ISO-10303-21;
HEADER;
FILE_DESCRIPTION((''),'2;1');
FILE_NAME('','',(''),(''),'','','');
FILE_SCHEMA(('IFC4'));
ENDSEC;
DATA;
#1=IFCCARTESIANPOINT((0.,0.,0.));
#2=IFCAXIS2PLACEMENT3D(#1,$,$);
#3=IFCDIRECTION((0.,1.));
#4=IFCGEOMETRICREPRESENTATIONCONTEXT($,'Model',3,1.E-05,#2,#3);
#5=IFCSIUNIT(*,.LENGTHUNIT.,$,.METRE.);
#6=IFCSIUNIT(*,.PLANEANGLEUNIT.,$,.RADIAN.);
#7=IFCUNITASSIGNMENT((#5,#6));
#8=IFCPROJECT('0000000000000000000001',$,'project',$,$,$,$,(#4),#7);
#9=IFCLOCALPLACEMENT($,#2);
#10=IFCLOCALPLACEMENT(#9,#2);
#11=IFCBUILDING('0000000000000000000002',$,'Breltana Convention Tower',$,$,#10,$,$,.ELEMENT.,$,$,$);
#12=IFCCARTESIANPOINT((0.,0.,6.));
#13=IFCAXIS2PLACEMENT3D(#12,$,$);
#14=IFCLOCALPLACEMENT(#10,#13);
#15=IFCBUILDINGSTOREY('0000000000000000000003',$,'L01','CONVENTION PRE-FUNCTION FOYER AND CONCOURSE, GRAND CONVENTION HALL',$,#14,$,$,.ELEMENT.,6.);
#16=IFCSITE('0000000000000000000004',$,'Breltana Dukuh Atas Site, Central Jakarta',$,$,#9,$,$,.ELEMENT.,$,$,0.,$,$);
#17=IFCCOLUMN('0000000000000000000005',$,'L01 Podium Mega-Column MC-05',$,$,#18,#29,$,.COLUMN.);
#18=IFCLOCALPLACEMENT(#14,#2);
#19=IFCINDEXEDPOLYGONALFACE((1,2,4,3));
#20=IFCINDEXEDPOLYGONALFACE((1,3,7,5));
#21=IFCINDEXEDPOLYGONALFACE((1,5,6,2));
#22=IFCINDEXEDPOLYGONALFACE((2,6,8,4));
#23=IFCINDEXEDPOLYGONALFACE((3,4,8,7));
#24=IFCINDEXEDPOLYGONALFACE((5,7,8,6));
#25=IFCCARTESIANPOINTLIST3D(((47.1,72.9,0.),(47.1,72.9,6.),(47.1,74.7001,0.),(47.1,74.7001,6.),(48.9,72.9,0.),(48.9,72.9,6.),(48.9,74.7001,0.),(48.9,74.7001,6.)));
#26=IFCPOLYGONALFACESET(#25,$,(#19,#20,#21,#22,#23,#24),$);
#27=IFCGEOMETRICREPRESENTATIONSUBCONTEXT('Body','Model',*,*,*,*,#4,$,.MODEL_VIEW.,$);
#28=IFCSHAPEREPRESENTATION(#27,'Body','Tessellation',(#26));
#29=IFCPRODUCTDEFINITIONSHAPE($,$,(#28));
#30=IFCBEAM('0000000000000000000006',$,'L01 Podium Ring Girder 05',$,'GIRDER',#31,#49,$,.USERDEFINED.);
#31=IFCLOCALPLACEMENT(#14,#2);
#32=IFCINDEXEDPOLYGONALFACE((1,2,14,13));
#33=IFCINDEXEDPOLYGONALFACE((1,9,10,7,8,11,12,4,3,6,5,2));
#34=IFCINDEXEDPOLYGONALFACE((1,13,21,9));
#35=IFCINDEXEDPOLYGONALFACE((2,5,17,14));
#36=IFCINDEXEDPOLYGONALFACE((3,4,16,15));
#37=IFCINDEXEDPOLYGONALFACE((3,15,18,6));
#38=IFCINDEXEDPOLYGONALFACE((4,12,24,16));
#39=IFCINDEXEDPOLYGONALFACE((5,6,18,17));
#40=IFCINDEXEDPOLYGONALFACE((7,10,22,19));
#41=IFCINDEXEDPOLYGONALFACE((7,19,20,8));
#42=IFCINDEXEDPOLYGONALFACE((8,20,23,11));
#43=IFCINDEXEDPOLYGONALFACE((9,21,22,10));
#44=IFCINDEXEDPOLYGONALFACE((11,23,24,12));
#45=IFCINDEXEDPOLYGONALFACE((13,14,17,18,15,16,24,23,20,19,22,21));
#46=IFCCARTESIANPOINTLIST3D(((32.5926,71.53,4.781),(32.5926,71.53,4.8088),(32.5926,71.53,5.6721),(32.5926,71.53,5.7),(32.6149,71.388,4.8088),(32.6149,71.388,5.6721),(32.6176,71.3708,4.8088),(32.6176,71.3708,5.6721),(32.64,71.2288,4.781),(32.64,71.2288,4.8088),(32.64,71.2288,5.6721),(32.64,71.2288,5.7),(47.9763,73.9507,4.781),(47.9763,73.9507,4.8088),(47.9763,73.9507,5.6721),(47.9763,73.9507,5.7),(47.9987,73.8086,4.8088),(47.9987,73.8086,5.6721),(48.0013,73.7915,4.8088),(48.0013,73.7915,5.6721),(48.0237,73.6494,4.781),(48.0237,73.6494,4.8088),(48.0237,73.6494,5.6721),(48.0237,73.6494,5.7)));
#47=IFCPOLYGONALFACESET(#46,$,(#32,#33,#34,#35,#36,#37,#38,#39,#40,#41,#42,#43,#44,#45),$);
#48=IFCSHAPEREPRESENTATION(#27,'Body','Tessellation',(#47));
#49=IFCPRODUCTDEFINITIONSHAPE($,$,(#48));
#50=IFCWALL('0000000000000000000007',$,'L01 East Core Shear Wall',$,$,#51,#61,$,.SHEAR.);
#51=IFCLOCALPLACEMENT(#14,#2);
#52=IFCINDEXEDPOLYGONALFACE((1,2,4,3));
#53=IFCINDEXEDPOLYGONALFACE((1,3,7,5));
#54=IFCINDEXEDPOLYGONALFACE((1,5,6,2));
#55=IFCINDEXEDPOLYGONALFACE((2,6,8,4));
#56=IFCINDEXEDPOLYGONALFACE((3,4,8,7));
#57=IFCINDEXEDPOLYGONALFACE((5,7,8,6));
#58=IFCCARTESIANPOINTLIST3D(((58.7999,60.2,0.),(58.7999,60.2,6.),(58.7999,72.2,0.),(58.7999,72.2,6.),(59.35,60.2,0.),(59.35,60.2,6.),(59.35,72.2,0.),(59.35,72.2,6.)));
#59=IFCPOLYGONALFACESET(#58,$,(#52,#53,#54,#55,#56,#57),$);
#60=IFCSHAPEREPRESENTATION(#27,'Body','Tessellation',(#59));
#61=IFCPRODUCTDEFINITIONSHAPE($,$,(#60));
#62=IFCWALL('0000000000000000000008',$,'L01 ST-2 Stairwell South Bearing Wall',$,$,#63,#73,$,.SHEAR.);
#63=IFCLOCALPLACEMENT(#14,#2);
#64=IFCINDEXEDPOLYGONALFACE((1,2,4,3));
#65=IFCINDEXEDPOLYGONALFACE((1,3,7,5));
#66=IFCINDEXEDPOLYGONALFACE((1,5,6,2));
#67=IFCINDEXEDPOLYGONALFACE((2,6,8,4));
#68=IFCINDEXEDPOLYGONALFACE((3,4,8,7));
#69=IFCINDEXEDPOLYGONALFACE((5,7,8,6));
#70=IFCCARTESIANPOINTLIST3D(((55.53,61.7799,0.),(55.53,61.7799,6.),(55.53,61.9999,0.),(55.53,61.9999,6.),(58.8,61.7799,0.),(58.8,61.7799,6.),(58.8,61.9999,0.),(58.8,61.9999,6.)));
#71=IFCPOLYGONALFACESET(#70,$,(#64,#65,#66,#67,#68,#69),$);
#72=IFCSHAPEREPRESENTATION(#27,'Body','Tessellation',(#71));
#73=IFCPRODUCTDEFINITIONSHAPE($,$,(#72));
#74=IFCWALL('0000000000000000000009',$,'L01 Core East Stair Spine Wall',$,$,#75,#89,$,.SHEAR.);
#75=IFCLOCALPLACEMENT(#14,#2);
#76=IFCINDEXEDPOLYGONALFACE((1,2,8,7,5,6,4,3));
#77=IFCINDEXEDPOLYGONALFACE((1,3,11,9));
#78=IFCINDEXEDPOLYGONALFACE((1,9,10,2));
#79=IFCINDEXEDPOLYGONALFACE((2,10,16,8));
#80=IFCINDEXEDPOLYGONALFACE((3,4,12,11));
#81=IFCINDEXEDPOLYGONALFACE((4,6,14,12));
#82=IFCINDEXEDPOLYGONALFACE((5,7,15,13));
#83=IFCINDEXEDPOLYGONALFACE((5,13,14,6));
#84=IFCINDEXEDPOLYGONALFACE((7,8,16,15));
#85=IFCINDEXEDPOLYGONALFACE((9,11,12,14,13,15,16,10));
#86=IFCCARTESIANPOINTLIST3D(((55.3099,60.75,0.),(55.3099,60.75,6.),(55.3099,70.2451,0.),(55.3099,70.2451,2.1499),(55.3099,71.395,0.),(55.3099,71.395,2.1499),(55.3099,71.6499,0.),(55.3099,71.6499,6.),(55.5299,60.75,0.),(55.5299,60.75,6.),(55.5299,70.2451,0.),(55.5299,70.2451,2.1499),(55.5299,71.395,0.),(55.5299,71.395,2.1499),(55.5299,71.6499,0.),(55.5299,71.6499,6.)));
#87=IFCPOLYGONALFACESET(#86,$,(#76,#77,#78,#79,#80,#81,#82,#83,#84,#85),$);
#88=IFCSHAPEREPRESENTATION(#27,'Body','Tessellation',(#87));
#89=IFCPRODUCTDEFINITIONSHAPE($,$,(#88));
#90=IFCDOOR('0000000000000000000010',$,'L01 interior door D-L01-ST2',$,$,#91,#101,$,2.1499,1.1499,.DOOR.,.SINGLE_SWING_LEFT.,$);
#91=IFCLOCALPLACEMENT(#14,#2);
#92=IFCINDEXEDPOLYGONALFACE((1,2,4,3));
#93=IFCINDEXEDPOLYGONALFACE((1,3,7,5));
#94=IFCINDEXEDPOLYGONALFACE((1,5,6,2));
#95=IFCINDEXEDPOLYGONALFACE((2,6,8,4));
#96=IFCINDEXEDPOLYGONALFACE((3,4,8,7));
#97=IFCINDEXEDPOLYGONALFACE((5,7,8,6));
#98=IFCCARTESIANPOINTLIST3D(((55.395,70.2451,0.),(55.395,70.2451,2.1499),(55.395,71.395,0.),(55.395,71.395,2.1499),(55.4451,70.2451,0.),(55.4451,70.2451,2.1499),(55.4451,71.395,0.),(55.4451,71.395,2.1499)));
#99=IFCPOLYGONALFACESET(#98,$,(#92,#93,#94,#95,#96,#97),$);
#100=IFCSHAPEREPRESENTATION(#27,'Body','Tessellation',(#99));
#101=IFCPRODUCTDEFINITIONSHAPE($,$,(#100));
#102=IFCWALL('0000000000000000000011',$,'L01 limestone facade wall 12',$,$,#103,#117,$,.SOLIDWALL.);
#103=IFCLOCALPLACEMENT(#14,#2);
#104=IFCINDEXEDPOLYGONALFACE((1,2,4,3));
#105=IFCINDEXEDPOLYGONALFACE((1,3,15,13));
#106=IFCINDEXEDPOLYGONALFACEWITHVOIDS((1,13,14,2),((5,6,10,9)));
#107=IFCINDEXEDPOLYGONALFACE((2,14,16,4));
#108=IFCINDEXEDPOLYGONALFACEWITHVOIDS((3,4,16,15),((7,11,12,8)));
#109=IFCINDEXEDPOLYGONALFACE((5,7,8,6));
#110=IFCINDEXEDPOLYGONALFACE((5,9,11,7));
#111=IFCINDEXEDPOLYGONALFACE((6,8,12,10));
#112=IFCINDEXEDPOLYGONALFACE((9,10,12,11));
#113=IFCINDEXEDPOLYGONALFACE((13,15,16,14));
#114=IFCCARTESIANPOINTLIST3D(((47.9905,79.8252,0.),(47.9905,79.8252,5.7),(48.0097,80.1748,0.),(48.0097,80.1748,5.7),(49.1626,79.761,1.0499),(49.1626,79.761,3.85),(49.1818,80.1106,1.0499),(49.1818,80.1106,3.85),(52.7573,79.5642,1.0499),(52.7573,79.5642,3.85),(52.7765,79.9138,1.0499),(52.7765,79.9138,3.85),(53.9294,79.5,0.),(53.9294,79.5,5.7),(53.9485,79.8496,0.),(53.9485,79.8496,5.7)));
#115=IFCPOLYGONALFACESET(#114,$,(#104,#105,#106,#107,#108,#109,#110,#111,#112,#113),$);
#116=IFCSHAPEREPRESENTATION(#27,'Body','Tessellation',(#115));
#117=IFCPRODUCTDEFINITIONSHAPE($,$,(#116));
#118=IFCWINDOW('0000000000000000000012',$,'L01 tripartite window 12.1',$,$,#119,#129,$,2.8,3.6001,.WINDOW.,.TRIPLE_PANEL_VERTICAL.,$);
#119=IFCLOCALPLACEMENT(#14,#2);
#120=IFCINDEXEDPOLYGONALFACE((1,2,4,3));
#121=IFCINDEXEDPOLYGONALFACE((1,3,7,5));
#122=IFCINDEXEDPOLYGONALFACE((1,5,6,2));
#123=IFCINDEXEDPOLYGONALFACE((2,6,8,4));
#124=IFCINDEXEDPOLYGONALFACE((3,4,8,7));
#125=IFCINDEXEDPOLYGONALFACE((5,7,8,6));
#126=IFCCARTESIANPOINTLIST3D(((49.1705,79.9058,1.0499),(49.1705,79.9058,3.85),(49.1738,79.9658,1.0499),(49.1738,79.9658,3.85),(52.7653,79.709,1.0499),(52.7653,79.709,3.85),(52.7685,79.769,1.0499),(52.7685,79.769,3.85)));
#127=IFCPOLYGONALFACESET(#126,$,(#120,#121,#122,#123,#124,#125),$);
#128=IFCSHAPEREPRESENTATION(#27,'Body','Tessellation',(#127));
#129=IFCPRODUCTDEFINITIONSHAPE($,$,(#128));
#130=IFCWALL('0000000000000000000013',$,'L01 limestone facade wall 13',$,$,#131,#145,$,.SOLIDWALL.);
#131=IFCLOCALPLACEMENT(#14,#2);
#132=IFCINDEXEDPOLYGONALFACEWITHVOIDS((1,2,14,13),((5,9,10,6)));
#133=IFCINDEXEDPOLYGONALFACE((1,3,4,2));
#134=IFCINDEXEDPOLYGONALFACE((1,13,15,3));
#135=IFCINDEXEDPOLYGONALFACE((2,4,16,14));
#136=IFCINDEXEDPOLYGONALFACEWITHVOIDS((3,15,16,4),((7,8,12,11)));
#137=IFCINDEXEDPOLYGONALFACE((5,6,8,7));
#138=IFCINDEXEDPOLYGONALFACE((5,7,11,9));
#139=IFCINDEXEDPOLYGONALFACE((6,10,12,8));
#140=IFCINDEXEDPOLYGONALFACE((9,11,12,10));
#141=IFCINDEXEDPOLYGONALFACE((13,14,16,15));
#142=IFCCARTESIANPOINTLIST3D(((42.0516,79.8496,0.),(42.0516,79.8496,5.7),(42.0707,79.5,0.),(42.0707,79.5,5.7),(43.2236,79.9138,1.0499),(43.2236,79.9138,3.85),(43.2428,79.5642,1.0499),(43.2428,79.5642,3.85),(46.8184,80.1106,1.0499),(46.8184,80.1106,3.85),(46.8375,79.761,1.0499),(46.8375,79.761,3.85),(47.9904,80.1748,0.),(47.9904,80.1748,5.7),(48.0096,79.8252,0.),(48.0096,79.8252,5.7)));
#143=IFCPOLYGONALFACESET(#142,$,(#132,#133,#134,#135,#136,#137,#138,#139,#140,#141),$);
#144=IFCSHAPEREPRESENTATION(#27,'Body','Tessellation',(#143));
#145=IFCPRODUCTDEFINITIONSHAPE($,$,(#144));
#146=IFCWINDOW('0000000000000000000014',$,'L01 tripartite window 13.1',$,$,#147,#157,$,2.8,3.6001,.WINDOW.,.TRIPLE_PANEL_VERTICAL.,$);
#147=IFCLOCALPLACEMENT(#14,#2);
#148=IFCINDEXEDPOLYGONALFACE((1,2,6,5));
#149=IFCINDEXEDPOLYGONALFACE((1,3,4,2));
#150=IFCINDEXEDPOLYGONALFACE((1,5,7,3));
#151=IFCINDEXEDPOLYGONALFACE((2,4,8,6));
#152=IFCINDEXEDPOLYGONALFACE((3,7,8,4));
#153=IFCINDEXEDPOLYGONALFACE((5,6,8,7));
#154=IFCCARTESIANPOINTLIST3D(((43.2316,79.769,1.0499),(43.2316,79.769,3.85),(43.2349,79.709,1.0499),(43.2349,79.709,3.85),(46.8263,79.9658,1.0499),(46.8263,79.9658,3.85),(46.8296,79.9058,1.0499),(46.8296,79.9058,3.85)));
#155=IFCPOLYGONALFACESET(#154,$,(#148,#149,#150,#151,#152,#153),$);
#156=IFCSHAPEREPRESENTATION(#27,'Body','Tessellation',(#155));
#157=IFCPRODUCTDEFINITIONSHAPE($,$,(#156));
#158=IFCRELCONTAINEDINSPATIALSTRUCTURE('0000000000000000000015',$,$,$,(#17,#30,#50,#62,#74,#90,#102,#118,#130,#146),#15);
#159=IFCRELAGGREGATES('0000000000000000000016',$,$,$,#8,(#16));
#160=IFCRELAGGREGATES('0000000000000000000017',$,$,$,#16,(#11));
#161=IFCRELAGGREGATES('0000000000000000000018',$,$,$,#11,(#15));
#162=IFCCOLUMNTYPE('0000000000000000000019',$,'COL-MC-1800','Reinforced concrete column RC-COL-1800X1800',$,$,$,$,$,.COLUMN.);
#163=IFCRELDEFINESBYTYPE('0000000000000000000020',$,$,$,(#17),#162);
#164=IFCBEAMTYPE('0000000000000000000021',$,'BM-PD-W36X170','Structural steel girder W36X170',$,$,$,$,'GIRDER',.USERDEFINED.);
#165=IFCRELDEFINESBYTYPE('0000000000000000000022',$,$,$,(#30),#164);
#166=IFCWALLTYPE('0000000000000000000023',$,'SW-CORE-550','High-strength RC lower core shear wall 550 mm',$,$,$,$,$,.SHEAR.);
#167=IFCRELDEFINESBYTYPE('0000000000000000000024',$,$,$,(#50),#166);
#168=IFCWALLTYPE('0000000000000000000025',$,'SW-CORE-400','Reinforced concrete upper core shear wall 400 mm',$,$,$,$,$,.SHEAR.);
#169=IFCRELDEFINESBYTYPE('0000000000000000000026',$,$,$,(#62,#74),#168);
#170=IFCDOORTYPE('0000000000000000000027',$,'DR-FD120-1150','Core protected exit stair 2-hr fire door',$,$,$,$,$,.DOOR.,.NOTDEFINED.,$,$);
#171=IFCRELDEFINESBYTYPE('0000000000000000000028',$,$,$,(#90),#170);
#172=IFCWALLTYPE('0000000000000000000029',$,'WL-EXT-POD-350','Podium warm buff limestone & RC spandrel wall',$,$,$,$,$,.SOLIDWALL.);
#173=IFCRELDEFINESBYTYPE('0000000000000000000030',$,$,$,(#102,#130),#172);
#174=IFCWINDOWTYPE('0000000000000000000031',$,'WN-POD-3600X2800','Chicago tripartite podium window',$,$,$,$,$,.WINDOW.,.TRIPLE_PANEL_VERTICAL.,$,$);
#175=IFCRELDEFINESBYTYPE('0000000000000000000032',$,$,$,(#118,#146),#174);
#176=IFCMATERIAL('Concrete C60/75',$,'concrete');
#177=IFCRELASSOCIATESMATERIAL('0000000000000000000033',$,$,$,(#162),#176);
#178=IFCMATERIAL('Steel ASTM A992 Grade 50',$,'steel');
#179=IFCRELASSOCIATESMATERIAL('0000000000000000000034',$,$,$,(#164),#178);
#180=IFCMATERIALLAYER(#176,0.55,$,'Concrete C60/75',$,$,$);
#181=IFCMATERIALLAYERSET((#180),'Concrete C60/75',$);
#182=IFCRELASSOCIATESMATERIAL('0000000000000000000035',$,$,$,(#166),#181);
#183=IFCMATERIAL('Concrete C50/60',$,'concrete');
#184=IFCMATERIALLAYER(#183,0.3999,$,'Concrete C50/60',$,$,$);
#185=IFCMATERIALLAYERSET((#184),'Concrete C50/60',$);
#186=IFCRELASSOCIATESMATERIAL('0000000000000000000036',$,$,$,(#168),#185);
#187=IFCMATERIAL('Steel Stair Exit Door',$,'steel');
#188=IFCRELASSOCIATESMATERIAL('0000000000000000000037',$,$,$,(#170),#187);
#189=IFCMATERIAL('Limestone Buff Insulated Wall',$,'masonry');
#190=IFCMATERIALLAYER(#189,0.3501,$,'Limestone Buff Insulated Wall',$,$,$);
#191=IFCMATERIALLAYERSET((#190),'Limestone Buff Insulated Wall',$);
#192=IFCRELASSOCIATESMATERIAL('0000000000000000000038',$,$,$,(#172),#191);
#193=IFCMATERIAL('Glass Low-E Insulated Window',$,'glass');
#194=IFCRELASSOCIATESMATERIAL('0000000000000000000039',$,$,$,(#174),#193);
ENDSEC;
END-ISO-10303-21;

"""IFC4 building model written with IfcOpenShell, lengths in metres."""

from ifc_helpers import new_model, si_unit, direction, frame, frame_2d, origin, origin_2d, place, context, subcontext, project, spatial, rectangle, i_section, extrude, source, transform, mapped, material, layer, layer_set, material_profile, profile_set, type_object, type_shapes, element, fill, save


model = new_model("IFC4")

# Units and contexts
model_context = context("Model", 3, precision=1e-05, world=origin(), true_north=direction((0.0, 1.0)))
body_context = subcontext(model_context, "Body", "Model", "MODEL_VIEW")
ifc_project = project(units=[si_unit("LENGTHUNIT", "METRE"), si_unit("PLANEANGLEUNIT", "RADIAN")], contexts=[model_context])

# Site, building, storey
site_placement = place(None, origin())
site = spatial("IfcSite", under=ifc_project, at=site_placement, Name="Breltana Dukuh Atas Site, Central Jakarta", CompositionType="ELEMENT", RefElevation=0.0)
building_placement = place(site_placement, origin())
building = spatial("IfcBuilding", under=site, at=building_placement, Name="Breltana Convention Tower", CompositionType="ELEMENT")
storey_placement = place(building_placement, frame((0.0, 0.0, 6.0)))
storey = spatial("IfcBuildingStorey", under=building, at=storey_placement, Name="L01", Description="CONVENTION PRE-FUNCTION FOYER AND CONCOURSE, GRAND CONVENTION HALL", CompositionType="ELEMENT", Elevation=6.0)

# Column
ifc_material_1 = material(Name="Concrete C60/75", Category="concrete")
ifc_material_profile_1 = material_profile(ifc_material_1, rectangle(XDim=1.8, YDim=1.8, at=origin_2d()), Name="RC-COL-1800X1800")
ifc_profile_set_1 = profile_set([ifc_material_profile_1], Name="Concrete C60/75")
column_type = type_object("IfcColumnType", Name="COL-MC-1800", Description="Reinforced concrete column RC-COL-1800X1800", PredefinedType="COLUMN", material=ifc_profile_set_1)
shared_shape_1 = source(origin(), body_context, "Body", "SweptSolid", [
    extrude(rectangle(XDim=1.8, YDim=1.8, at=origin_2d()), origin(), (0.0, 0.0, 1.0), 6.0),
])
type_shapes(column_type, [shared_shape_1])
column_placement = place(storey_placement, frame((48.0, 73.8, 0.0), z_axis=(0.0, 0.0, 1.0), x_axis=(0.0, 1.0, 0.0)))
element("IfcColumn", 1, at=column_placement, inside=storey, type_object=column_type, Name="L01 Podium Mega-Column MC-05", PredefinedType="COLUMN", context=body_context, shape_type="MappedRepresentation", body=[
    mapped(shared_shape_1, transform((0.0, 0.0, 0.0), scale=1.0)),
])

# Beam
ifc_material_2 = material(Name="Steel ASTM A992 Grade 50", Category="steel")
ifc_material_profile_2 = material_profile(ifc_material_2, i_section(OverallWidth=0.3049, OverallDepth=0.9189, WebThickness=0.0173, FlangeThickness=0.0278, at=origin_2d()), Name="W36X170")
ifc_profile_set_2 = profile_set([ifc_material_profile_2], Name="Steel ASTM A992 Grade 50")
beam_type = type_object("IfcBeamType", Name="BM-PD-W36X170", Description="Structural steel girder W36X170", ElementType="GIRDER", PredefinedType="USERDEFINED", material=ifc_profile_set_2)
shared_shape_2 = source(origin(), body_context, "Body", "SweptSolid", [
    extrude(i_section(OverallWidth=0.3049, OverallDepth=0.9189, WebThickness=0.0173, FlangeThickness=0.0278, at=origin_2d()), origin(), (0.0, 0.0, 1.0), 15.573),
])
beam_placement = place(storey_placement, frame((48.0, 73.8, 5.2405), z_axis=(-0.987846, -0.155438, 0.0), x_axis=(0.155438, -0.987846, 0.0)))
element("IfcBeam", 2, at=beam_placement, inside=storey, type_object=beam_type, Name="L01 Podium Ring Girder 05", ObjectType="GIRDER", PredefinedType="USERDEFINED", context=body_context, shape_type="MappedRepresentation", body=[
    mapped(shared_shape_2, transform((0.0, 0.0, 0.0), scale=1.0)),
])

# Walls
ifc_layer_1 = layer(ifc_material_1, 0.55, Name="Concrete C60/75")
ifc_layer_set_1 = layer_set([ifc_layer_1], Name="Concrete C60/75")
wall_type_1 = type_object("IfcWallType", Name="SW-CORE-550", Description="High-strength RC lower core shear wall 550 mm", PredefinedType="SHEAR", material=ifc_layer_set_1)
shared_shape_3 = source(origin(), body_context, "Body", "SweptSolid", [
    extrude(rectangle(XDim=12.0, YDim=0.55, at=frame_2d((6.0, 0.0))), origin(), (0.0, 0.0, 1.0), 6.0),
])
wall_1_placement = place(storey_placement, frame((59.075, 60.2, 0.0), z_axis=(0.0, 0.0, 1.0), x_axis=(0.0, 1.0, 0.0)))
element("IfcWall", 3, at=wall_1_placement, inside=storey, type_object=wall_type_1, Name="L01 East Core Shear Wall", PredefinedType="SHEAR", context=body_context, shape_type="MappedRepresentation", body=[
    mapped(shared_shape_3, transform((0.0, 0.0, 0.0), scale=1.0)),
])
ifc_material_3 = material(Name="Concrete C50/60", Category="concrete")
ifc_layer_2 = layer(ifc_material_3, 0.3999, Name="Concrete C50/60")
ifc_layer_set_2 = layer_set([ifc_layer_2], Name="Concrete C50/60")
wall_type_2 = type_object("IfcWallType", Name="SW-CORE-400", Description="Reinforced concrete upper core shear wall 400 mm", PredefinedType="SHEAR", material=ifc_layer_set_2)
shared_shape_4 = source(origin(), body_context, "Body", "SweptSolid", [
    extrude(rectangle(XDim=3.27, YDim=0.22, at=frame_2d((1.635, 0.0))), origin(), (0.0, 0.0, 1.0), 6.0),
])
wall_2_placement = place(storey_placement, frame((55.53, 61.8899, 0.0), z_axis=(0.0, 0.0, 1.0), x_axis=(1.0, 0.0, 0.0)))
element("IfcWall", 4, at=wall_2_placement, inside=storey, type_object=wall_type_2, Name="L01 ST-2 Stairwell South Bearing Wall", PredefinedType="SHEAR", context=body_context, shape_type="MappedRepresentation", body=[
    mapped(shared_shape_4, transform((0.0, 0.0, 0.0), scale=1.0)),
])

# Wall, opening, door
shared_shape_5 = source(origin(), body_context, "Body", "SweptSolid", [
    extrude(rectangle(XDim=10.8999, YDim=0.22, at=frame_2d((5.45, 0.0))), origin(), (0.0, 0.0, 1.0), 6.0),
])
wall_3_placement = place(storey_placement, frame((55.4199, 60.75, 0.0), z_axis=(0.0, 0.0, 1.0), x_axis=(0.0, 1.0, 0.0)))
wall_3 = element("IfcWall", 5, at=wall_3_placement, inside=storey, type_object=wall_type_2, Name="L01 Core East Stair Spine Wall", PredefinedType="SHEAR", context=body_context, shape_type="MappedRepresentation", body=[
    mapped(shared_shape_5, transform((0.0, 0.0, 0.0), scale=1.0)),
])
opening_1_placement = place(wall_3_placement, frame((9.4951, 0.0, 0.0)))
opening_1 = element("IfcOpeningElement", 6, at=opening_1_placement, cuts=wall_3, PredefinedType="OPENING", context=body_context, shape_type="SweptSolid", body=[
    extrude(rectangle(XDim=1.1499, YDim=2.1499, at=frame_2d((0.575, 1.075))), frame((0.0, 0.1201, 0.0), z_axis=(0.0, -1.0, 0.0), x_axis=(1.0, 0.0, 0.0)), (0.0, 0.0, 1.0), 0.24),
])
ifc_material_4 = material(Name="Steel Stair Exit Door", Category="steel")
door_type_1 = type_object("IfcDoorType", Name="DR-FD120-1150", Description="Core protected exit stair 2-hr fire door", OperationType="NOTDEFINED", PredefinedType="DOOR", material=ifc_material_4)
shared_shape_6 = source(origin(), body_context, "Body", "SweptSolid", [
    extrude(rectangle(XDim=1.1499, YDim=2.1499, at=frame_2d((0.575, 1.075))), frame((0.0, 0.0249, 0.0), z_axis=(0.0, -1.0, 0.0), x_axis=(1.0, 0.0, 0.0)), (0.0, 0.0, 1.0), 0.05),
])
type_shapes(door_type_1, [shared_shape_6])
door_1_placement = place(opening_1_placement, origin())
door_1 = element("IfcDoor", 7, at=door_1_placement, inside=storey, type_object=door_type_1, Name="L01 interior door D-L01-ST2", OperationType="SINGLE_SWING_LEFT", OverallHeight=2.1499, OverallWidth=1.1499, PredefinedType="DOOR", context=body_context, shape_type="MappedRepresentation", body=[
    mapped(shared_shape_6, transform((0.0, 0.0, 0.0), scale=1.0)),
])
fill(opening_1, door_1)

# Walls, openings, windows
ifc_material_5 = material(Name="Limestone Buff Insulated Wall", Category="masonry")
ifc_layer_3 = layer(ifc_material_5, 0.3501, Name="Limestone Buff Insulated Wall")
ifc_layer_set_3 = layer_set([ifc_layer_3], Name="Limestone Buff Insulated Wall")
wall_type_3 = type_object("IfcWallType", Name="WL-EXT-POD-350", Description="Podium warm buff limestone & RC spandrel wall", PredefinedType="SOLIDWALL", material=ifc_layer_set_3)
shared_shape_7 = source(origin(), body_context, "Body", "SweptSolid", [
    extrude(rectangle(XDim=5.9478, YDim=0.3501, at=frame_2d((2.9739, 0.0))), origin(), (0.0, 0.0, 1.0), 5.7),
])
wall_4_placement = place(storey_placement, frame((53.939, 79.6748, 0.0), z_axis=(0.0, 0.0, 1.0), x_axis=(-0.998504, 0.054674, 0.0)))
wall_4 = element("IfcWall", 8, at=wall_4_placement, inside=storey, type_object=wall_type_3, Name="L01 limestone facade wall 12", PredefinedType="SOLIDWALL", context=body_context, shape_type="MappedRepresentation", body=[
    mapped(shared_shape_7, transform((0.0, 0.0, 0.0), scale=1.0)),
])
opening_2_placement = place(wall_4_placement, frame((1.1738, 0.0, 1.05)))
opening_2 = element("IfcOpeningElement", 9, at=opening_2_placement, cuts=wall_4, PredefinedType="OPENING", context=body_context, shape_type="SweptSolid", body=[
    extrude(rectangle(XDim=3.6001, YDim=2.8, at=frame_2d((1.8, 1.3999))), frame((0.0, 0.1851, 0.0), z_axis=(0.0, -1.0, 0.0), x_axis=(1.0, 0.0, 0.0)), (0.0, 0.0, 1.0), 0.3701),
])
ifc_material_6 = material(Name="Glass Low-E Insulated Window", Category="glass")
window_type = type_object("IfcWindowType", Name="WN-POD-3600X2800", Description="Chicago tripartite podium window", PartitioningType="TRIPLE_PANEL_VERTICAL", PredefinedType="WINDOW", material=ifc_material_6)
shared_shape_8 = source(origin(), body_context, "Body", "SweptSolid", [
    extrude(rectangle(XDim=3.6001, YDim=2.8, at=frame_2d((1.8, 1.3999))), frame((0.0, 0.03, 0.0), z_axis=(0.0, -1.0, 0.0), x_axis=(1.0, 0.0, 0.0)), (0.0, 0.0, 1.0), 0.0601),
])
type_shapes(window_type, [shared_shape_8])
window_1_placement = place(opening_2_placement, origin())
window_1 = element("IfcWindow", 10, at=window_1_placement, inside=storey, type_object=window_type, Name="L01 tripartite window 12.1", OverallHeight=2.8, OverallWidth=3.6001, PartitioningType="TRIPLE_PANEL_VERTICAL", PredefinedType="WINDOW", context=body_context, shape_type="MappedRepresentation", body=[
    mapped(shared_shape_8, transform((0.0, 0.0, 0.0), scale=1.0)),
])
fill(opening_2, window_1)
wall_5_placement = place(storey_placement, frame((48.0, 80.0, 0.0), z_axis=(0.0, 0.0, 1.0), x_axis=(-0.998504, -0.054674, 0.0)))
wall_5 = element("IfcWall", 11, at=wall_5_placement, inside=storey, type_object=wall_type_3, Name="L01 limestone facade wall 13", PredefinedType="SOLIDWALL", context=body_context, shape_type="MappedRepresentation", body=[
    mapped(shared_shape_7, transform((0.0, 0.0, 0.0), scale=1.0)),
])
opening_3_placement = place(wall_5_placement, frame((1.1738, 0.0, 1.05)))
opening_3 = element("IfcOpeningElement", 12, at=opening_3_placement, cuts=wall_5, PredefinedType="OPENING", context=body_context, shape_type="SweptSolid", body=[
    extrude(rectangle(XDim=3.6001, YDim=2.8, at=frame_2d((1.8, 1.3999))), frame((0.0, 0.1851, 0.0), z_axis=(0.0, -1.0, 0.0), x_axis=(1.0, 0.0, 0.0)), (0.0, 0.0, 1.0), 0.3701),
])
window_2_placement = place(opening_3_placement, origin())
window_2 = element("IfcWindow", 13, at=window_2_placement, inside=storey, type_object=window_type, Name="L01 tripartite window 13.1", OverallHeight=2.8, OverallWidth=3.6001, PartitioningType="TRIPLE_PANEL_VERTICAL", PredefinedType="WINDOW", context=body_context, shape_type="MappedRepresentation", body=[
    mapped(shared_shape_8, transform((0.0, 0.0, 0.0), scale=1.0)),
])
fill(opening_3, window_2)

save(model, "model.ifc")
